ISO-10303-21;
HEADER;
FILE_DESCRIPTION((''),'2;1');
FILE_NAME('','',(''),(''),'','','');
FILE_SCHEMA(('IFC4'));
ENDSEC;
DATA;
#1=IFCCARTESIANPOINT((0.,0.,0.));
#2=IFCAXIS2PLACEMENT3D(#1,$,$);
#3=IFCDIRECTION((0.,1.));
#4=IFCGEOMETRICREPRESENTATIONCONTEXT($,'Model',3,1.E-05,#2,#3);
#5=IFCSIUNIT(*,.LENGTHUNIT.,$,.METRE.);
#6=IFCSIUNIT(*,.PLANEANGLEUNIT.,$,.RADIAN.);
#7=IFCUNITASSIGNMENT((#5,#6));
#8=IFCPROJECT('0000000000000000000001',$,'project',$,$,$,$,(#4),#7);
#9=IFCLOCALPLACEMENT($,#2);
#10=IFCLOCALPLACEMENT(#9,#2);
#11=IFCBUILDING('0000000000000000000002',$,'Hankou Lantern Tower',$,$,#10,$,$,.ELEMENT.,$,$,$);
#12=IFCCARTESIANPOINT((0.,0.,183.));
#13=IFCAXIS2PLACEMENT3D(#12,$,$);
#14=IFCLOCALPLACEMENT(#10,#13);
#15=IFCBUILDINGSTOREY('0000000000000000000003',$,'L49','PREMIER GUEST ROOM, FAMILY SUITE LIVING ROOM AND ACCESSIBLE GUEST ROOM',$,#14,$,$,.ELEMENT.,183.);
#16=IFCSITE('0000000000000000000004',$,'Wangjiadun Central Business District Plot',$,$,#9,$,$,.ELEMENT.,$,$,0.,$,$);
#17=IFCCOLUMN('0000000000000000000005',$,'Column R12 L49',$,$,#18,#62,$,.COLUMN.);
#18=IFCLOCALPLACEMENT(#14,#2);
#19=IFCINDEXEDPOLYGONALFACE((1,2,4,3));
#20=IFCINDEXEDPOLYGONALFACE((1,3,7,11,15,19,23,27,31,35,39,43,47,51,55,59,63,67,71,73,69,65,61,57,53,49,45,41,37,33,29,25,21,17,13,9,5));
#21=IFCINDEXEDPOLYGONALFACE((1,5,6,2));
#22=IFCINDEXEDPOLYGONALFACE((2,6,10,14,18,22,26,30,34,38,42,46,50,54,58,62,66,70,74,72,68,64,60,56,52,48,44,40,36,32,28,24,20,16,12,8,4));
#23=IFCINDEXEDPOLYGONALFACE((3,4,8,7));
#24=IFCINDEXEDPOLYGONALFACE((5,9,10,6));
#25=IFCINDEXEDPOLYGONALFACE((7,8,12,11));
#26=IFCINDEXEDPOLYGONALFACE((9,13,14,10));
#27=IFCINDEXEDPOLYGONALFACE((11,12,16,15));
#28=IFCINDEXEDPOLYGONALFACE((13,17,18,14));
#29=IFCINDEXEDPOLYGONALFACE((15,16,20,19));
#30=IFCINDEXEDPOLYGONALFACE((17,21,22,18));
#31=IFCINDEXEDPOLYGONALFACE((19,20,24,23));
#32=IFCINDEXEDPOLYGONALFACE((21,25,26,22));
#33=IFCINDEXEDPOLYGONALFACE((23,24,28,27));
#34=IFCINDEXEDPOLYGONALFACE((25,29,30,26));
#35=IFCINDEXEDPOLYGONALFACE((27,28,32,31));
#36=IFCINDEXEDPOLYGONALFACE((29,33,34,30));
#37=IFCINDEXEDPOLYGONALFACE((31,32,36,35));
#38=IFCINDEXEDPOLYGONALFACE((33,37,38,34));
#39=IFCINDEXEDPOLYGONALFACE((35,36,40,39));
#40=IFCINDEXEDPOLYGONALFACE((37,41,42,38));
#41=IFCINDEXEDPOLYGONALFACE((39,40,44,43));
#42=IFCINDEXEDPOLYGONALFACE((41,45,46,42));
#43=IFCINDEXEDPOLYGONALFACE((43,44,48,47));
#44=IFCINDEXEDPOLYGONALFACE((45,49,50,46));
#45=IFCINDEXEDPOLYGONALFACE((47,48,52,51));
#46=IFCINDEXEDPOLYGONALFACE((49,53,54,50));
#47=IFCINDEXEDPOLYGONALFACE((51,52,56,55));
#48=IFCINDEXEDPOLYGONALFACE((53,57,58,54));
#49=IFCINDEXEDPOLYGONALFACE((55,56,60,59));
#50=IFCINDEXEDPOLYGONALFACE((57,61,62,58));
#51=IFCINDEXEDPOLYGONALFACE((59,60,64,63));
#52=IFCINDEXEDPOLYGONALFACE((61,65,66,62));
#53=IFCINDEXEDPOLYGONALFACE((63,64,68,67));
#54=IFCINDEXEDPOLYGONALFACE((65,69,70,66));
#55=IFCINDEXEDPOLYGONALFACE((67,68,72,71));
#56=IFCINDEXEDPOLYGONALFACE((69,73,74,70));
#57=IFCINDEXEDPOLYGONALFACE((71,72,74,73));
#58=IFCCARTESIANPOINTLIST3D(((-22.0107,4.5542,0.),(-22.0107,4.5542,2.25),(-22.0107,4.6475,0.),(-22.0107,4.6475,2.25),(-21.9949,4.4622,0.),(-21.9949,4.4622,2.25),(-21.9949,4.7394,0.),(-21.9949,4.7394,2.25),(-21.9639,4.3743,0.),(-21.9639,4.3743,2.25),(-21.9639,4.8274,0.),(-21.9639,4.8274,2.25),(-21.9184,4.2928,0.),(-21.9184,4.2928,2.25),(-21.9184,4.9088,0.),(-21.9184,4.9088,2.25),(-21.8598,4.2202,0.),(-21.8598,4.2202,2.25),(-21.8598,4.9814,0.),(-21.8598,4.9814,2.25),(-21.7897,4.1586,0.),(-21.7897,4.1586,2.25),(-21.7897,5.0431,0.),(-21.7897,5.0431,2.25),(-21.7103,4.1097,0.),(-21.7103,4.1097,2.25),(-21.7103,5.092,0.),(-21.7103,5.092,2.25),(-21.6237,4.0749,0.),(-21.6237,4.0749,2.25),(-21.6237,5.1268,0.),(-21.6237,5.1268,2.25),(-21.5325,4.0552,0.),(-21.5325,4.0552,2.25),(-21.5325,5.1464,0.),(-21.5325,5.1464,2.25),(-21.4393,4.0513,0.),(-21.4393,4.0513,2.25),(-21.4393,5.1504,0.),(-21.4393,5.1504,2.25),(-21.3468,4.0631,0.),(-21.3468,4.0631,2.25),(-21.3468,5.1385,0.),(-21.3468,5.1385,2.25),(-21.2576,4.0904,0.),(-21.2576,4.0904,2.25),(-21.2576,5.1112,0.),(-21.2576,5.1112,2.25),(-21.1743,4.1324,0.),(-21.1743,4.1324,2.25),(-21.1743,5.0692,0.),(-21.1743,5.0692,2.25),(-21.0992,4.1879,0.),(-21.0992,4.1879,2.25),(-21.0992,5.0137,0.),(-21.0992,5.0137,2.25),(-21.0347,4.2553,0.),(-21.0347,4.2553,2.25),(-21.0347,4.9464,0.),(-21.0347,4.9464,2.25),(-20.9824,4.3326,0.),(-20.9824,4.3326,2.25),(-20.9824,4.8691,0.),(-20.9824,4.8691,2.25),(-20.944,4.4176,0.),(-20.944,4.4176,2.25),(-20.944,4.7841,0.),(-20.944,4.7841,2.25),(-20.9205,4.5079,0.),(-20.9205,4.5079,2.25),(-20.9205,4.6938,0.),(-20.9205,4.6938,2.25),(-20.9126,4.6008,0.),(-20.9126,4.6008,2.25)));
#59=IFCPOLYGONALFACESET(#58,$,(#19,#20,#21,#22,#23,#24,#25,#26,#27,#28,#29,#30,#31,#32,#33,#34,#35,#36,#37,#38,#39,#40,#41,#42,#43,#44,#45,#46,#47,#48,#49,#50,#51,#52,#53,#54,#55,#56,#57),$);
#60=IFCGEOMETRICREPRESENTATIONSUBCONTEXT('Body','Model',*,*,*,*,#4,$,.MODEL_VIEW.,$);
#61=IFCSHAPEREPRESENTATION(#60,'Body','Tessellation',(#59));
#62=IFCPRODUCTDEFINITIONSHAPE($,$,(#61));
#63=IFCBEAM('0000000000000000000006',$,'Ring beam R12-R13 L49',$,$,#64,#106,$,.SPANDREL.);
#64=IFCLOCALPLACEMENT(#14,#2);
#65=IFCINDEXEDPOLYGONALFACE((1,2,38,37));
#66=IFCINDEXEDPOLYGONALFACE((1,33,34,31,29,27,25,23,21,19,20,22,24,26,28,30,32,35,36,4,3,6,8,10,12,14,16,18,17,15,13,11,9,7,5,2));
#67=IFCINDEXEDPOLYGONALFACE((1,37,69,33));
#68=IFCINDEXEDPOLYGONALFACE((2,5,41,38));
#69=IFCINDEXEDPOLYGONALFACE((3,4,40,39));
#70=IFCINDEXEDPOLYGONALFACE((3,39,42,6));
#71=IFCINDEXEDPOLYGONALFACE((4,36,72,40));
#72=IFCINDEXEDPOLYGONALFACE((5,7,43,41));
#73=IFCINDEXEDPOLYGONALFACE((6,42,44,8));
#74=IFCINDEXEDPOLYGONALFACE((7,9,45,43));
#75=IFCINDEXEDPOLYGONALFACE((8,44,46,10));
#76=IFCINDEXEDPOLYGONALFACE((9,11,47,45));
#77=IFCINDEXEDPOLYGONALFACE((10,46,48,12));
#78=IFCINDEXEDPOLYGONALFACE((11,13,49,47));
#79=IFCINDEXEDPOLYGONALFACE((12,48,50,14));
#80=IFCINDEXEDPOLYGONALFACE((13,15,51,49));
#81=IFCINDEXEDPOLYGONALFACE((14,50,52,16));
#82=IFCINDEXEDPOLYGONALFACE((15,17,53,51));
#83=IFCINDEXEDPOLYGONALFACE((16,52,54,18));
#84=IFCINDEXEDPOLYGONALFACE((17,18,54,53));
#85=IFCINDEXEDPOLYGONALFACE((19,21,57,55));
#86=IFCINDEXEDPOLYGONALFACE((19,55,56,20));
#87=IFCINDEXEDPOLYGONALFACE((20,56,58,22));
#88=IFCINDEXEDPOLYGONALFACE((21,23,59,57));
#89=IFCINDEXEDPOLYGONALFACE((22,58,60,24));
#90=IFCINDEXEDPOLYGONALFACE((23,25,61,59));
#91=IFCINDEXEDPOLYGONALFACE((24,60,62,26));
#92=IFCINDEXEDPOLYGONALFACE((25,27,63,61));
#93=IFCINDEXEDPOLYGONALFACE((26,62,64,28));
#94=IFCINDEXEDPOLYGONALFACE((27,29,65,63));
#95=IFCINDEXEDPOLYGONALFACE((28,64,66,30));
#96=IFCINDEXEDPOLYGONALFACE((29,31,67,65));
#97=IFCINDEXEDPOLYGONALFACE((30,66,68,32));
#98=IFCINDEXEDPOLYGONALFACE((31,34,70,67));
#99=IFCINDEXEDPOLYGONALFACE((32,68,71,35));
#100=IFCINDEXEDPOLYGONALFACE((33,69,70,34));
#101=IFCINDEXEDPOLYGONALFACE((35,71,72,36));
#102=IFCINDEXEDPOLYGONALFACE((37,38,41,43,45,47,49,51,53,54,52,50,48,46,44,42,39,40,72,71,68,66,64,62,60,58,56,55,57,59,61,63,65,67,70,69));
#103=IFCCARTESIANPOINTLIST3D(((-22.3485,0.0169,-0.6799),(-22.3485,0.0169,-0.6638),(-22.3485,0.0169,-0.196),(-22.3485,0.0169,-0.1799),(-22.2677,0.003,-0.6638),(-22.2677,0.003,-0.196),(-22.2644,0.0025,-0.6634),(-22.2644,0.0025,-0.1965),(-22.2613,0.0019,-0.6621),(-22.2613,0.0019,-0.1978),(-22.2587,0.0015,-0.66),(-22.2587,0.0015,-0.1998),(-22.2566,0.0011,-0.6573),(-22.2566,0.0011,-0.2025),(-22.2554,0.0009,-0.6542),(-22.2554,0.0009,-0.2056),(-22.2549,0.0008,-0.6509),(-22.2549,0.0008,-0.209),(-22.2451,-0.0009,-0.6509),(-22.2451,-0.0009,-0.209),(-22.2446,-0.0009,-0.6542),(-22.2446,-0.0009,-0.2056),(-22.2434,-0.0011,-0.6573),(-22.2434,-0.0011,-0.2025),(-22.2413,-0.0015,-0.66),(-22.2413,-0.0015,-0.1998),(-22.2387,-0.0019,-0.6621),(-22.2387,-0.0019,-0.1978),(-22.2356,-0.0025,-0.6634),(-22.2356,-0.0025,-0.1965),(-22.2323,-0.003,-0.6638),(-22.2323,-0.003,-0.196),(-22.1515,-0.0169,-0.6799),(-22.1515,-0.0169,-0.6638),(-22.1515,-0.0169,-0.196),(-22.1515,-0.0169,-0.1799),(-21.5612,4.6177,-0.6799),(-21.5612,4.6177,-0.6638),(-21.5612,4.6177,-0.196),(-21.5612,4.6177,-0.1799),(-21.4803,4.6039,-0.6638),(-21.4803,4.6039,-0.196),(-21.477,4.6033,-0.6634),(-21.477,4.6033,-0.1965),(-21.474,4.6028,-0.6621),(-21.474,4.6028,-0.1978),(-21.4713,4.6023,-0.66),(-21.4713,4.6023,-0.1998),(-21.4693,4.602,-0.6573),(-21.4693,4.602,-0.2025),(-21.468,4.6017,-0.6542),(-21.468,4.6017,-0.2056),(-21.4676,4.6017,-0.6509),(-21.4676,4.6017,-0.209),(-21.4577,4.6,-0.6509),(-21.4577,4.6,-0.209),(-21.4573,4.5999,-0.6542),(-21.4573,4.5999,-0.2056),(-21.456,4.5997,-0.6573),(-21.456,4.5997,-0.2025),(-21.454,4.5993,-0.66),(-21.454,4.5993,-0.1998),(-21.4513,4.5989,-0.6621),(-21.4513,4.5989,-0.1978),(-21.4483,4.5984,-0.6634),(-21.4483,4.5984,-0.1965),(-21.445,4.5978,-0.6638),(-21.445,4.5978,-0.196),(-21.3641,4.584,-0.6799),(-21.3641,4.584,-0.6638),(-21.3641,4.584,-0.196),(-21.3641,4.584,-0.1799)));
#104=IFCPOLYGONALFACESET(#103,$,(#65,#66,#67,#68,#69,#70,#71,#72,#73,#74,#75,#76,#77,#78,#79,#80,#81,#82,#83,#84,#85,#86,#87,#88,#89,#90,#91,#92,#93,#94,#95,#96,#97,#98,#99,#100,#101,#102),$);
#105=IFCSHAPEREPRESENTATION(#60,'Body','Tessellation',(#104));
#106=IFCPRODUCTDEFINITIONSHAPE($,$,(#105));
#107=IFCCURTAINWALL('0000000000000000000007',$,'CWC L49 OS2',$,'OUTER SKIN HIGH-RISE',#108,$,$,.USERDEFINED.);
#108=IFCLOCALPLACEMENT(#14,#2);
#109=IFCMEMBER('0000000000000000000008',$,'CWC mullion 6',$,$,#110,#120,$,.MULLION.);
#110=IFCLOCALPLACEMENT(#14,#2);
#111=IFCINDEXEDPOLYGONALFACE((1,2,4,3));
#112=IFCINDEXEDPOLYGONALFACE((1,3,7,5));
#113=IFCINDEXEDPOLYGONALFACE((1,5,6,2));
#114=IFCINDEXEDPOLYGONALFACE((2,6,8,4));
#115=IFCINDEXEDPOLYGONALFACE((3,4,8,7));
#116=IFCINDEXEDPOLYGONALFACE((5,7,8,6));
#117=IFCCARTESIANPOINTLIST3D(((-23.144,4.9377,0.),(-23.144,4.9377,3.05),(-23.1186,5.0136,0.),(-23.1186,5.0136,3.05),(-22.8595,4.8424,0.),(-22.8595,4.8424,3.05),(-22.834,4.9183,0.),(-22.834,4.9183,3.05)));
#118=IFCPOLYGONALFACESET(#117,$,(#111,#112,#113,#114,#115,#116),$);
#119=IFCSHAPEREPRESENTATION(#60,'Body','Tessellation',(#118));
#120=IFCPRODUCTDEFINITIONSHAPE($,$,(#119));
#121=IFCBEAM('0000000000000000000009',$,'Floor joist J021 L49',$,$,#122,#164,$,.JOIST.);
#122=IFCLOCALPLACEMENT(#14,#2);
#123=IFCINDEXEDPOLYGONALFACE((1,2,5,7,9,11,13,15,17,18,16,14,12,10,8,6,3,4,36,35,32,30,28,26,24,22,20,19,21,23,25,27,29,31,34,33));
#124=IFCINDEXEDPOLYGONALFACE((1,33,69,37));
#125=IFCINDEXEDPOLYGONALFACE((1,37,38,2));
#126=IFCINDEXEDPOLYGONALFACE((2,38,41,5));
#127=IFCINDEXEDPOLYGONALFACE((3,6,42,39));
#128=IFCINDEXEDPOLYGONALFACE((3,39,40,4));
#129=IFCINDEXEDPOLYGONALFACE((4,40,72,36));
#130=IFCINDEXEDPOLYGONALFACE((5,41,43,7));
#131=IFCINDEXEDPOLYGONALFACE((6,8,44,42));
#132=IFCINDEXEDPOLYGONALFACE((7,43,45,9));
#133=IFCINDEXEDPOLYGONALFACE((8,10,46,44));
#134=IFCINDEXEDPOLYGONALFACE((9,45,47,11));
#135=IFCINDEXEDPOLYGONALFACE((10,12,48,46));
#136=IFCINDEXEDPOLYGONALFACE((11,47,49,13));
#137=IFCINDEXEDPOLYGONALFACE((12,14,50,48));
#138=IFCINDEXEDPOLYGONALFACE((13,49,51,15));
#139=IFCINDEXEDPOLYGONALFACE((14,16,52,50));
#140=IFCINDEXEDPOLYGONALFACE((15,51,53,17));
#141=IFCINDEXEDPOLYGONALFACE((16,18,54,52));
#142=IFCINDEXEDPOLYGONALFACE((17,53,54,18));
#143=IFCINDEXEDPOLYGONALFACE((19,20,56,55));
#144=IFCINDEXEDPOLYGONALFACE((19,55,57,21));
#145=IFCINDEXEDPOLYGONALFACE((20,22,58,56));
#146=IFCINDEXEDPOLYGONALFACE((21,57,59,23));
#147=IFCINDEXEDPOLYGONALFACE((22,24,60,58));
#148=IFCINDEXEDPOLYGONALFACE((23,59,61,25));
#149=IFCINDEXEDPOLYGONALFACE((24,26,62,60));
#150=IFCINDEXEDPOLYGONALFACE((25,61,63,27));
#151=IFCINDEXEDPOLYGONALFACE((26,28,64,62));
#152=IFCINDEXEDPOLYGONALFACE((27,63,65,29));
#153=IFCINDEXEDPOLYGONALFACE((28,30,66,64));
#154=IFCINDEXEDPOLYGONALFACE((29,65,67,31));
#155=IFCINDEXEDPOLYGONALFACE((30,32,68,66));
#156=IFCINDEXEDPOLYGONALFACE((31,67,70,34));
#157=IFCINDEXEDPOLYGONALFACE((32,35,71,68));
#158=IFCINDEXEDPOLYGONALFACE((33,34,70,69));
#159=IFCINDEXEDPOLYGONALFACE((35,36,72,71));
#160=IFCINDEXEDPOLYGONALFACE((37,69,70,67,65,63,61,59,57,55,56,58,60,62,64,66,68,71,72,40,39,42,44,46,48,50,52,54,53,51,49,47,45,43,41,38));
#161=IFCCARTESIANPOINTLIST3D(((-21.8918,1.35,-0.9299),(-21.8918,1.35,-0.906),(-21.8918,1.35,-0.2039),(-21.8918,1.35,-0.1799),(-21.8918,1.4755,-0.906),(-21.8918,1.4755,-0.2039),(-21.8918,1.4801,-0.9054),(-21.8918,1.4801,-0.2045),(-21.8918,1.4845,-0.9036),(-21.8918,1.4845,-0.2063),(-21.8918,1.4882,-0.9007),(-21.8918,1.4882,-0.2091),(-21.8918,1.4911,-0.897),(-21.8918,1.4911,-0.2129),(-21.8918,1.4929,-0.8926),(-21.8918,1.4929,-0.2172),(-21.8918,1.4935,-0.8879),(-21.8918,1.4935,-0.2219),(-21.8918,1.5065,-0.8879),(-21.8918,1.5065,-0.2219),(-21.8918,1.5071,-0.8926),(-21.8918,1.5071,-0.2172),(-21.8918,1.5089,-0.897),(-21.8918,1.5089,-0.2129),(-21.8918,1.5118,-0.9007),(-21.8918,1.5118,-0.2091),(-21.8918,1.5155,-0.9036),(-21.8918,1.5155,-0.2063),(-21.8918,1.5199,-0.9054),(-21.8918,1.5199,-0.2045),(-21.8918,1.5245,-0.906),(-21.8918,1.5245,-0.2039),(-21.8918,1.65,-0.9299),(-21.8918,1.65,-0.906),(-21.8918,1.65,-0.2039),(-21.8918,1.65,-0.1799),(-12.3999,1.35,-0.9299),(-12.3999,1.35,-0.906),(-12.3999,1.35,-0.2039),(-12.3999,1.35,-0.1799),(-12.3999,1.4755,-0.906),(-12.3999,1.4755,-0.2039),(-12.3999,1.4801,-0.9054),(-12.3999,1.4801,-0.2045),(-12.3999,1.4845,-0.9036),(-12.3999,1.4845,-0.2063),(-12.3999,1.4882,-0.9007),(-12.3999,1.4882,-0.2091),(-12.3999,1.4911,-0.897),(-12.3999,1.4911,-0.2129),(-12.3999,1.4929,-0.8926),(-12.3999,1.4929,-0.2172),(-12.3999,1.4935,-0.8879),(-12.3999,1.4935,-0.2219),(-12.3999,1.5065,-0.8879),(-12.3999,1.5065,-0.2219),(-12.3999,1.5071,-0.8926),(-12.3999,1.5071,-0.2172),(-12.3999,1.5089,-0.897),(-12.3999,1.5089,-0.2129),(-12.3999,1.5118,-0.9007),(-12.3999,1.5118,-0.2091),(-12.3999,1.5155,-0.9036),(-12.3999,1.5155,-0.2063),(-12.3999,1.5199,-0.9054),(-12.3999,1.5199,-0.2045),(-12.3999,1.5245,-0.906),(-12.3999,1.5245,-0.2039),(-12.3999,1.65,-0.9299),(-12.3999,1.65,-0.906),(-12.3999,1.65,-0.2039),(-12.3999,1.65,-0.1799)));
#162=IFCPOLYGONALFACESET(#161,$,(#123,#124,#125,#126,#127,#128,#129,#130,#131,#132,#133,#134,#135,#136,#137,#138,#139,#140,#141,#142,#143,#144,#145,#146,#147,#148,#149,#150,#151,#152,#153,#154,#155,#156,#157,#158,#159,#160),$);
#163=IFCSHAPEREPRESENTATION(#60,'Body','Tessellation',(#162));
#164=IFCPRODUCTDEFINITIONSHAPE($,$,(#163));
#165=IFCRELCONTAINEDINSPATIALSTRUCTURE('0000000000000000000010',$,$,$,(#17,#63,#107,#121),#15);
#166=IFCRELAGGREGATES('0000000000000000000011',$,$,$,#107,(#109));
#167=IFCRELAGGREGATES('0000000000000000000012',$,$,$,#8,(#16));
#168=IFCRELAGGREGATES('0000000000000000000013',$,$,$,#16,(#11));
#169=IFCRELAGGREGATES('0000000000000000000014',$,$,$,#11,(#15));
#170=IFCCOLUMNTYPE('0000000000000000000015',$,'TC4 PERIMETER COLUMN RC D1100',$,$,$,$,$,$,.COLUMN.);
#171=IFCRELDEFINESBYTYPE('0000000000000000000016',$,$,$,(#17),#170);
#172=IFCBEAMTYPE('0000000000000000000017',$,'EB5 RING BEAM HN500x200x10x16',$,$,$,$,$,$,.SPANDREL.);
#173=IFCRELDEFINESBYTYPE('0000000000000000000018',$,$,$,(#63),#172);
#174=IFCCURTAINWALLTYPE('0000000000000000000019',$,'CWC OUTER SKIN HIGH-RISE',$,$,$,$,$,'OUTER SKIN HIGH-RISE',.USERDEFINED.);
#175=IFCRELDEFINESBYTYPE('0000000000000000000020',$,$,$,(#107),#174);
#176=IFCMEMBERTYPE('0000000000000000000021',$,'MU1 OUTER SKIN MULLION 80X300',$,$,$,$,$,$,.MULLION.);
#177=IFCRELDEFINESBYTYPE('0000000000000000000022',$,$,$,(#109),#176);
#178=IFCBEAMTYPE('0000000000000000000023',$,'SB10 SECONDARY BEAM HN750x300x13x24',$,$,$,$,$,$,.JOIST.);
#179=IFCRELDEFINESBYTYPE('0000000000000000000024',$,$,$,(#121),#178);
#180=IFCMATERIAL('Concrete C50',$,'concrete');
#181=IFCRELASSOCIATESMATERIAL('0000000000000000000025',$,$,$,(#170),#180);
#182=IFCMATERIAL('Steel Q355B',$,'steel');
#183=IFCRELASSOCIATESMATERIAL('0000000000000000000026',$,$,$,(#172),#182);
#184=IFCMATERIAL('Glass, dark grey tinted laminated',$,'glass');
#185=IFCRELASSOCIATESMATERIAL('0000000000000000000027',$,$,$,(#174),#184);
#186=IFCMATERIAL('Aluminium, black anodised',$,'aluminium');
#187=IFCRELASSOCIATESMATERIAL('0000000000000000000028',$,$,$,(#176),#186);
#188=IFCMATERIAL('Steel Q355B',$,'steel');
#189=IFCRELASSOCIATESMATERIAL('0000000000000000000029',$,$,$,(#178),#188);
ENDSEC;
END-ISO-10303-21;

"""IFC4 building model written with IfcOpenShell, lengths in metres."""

from ifc_helpers import new_model, si_unit, direction, frame, origin, origin_2d, place, context, subcontext, project, spatial, rectangle, circle, i_section, extrude, clip, halfspace, material, material_profile, profile_set, type_object, element, aggregate, save


model = new_model("IFC4")

# Units and contexts
model_context = context("Model", 3, precision=1e-05, world=origin(), true_north=direction((0.0, 1.0)))
body_context = subcontext(model_context, "Body", "Model", "MODEL_VIEW")
ifc_project = project(units=[si_unit("LENGTHUNIT", "METRE"), si_unit("PLANEANGLEUNIT", "RADIAN")], contexts=[model_context])

# Site, building, storey
site_placement = place(None, origin())
site = spatial("IfcSite", under=ifc_project, at=site_placement, Name="Wangjiadun Central Business District Plot", CompositionType="ELEMENT", RefElevation=0.0)
building_placement = place(site_placement, origin())
building = spatial("IfcBuilding", under=site, at=building_placement, Name="Hankou Lantern Tower", CompositionType="ELEMENT")
storey_placement = place(building_placement, frame((0.0, 0.0, 183.0)))
storey = spatial("IfcBuildingStorey", under=building, at=storey_placement, Name="L49", Description="PREMIER GUEST ROOM, FAMILY SUITE LIVING ROOM AND ACCESSIBLE GUEST ROOM", CompositionType="ELEMENT", Elevation=183.0)

# Column
ifc_material_1 = material(Name="Concrete C50", Category="concrete")
ifc_material_profile_1 = material_profile(ifc_material_1, circle(Radius=0.55, at=origin_2d()), Name="RC D1100")
ifc_profile_set_1 = profile_set([ifc_material_profile_1], Name="Concrete C50")
column_type = type_object("IfcColumnType", Name="TC4 PERIMETER COLUMN RC D1100", PredefinedType="COLUMN", material=ifc_profile_set_1)
column_placement = place(storey_placement, frame((-21.4626, 4.6008, 0.0), z_axis=(0.0, 0.0, 1.0), x_axis=(1.0, 0.0, 0.0)))
element("IfcColumn", 1, at=column_placement, inside=storey, type_object=column_type, Name="Column R12 L49", PredefinedType="COLUMN", context=body_context, shape_type="Clipping", body=[
    clip(extrude(circle(Radius=0.55, at=origin_2d()), origin(), (0.0, 0.0, 1.0), 3.3), halfspace(frame((0.0, 0.0, 2.25), z_axis=(0.0, 0.0, 1.0), x_axis=(1.0, 0.0, 0.0)), False)),
])

# Beam
ifc_material_2 = material(Name="Steel Q355B", Category="steel")
ifc_material_profile_2 = material_profile(ifc_material_2, i_section(OverallWidth=0.2, OverallDepth=0.5, WebThickness=0.01, FlangeThickness=0.0161, FilletRadius=0.0129, at=origin_2d()), Name="HN500x200x10x16")
ifc_profile_set_2 = profile_set([ifc_material_profile_2], Name="Steel Q355B")
beam_type_1 = type_object("IfcBeamType", Name="EB5 RING BEAM HN500x200x10x16", PredefinedType="SPANDREL", material=ifc_profile_set_2)
beam_1_placement = place(storey_placement, frame((-21.4626, 4.6008, -0.4299), z_axis=(-0.168681, -0.985671, 0.0), x_axis=(0.985671, -0.168681, 0.0)))
element("IfcBeam", 2, at=beam_1_placement, inside=storey, type_object=beam_type_1, Name="Ring beam R12-R13 L49", PredefinedType="SPANDREL", context=body_context, shape_type="SweptSolid", body=[
    extrude(i_section(OverallWidth=0.2, OverallDepth=0.5, WebThickness=0.01, FlangeThickness=0.0161, FilletRadius=0.0129, at=origin_2d()), origin(), (0.0, 0.0, 1.0), 4.6677),
])

# Curtain wall, member
ifc_material_3 = material(Name="Glass, dark grey tinted laminated", Category="glass")
curtain_wall_type = type_object("IfcCurtainWallType", Name="CWC OUTER SKIN HIGH-RISE", ElementType="OUTER SKIN HIGH-RISE", PredefinedType="USERDEFINED", material=ifc_material_3)
curtain_wall_placement = place(storey_placement, origin())
curtain_wall = element("IfcCurtainWall", 3, at=curtain_wall_placement, inside=storey, type_object=curtain_wall_type, Name="CWC L49 OS2", ObjectType="OUTER SKIN HIGH-RISE", PredefinedType="USERDEFINED")
ifc_material_4 = material(Name="Aluminium, black anodised", Category="aluminium")
ifc_material_profile_3 = material_profile(ifc_material_4, rectangle(XDim=0.0801, YDim=0.3, at=origin_2d()), Name="MU1 80X300")
ifc_profile_set_3 = profile_set([ifc_material_profile_3], Name="Aluminium, black anodised")
member_type_1 = type_object("IfcMemberType", Name="MU1 OUTER SKIN MULLION 80X300", PredefinedType="MULLION", material=ifc_profile_set_3)
member_1_placement = place(storey_placement, frame((-22.989, 4.928, 0.0), z_axis=(0.0, 0.0, 1.0), x_axis=(-0.317596, -0.948226, 0.0)))
member_1 = element("IfcMember", 4, at=member_1_placement, type_object=member_type_1, Name="CWC mullion 6", PredefinedType="MULLION", context=body_context, shape_type="SweptSolid", body=[
    extrude(rectangle(XDim=0.0801, YDim=0.3, at=origin_2d()), origin(), (0.0, 0.0, 1.0), 3.05),
])

# Beam
ifc_material_5 = material(Name="Steel Q355B", Category="steel")
ifc_material_profile_4 = material_profile(ifc_material_5, i_section(OverallWidth=0.3, OverallDepth=0.75, WebThickness=0.0129, FlangeThickness=0.0239, FilletRadius=0.0181, at=origin_2d()), Name="HN750x300x13x24")
ifc_profile_set_4 = profile_set([ifc_material_profile_4], Name="Steel Q355B")
beam_type_2 = type_object("IfcBeamType", Name="SB10 SECONDARY BEAM HN750x300x13x24", PredefinedType="JOIST", material=ifc_profile_set_4)
beam_2_placement = place(storey_placement, frame((-21.8918, 1.5, -0.5549), z_axis=(1.0, 0.0, 0.0), x_axis=(0.0, 1.0, 0.0)))
element("IfcBeam", 5, at=beam_2_placement, inside=storey, type_object=beam_type_2, Name="Floor joist J021 L49", PredefinedType="JOIST", context=body_context, shape_type="SweptSolid", body=[
    extrude(i_section(OverallWidth=0.3, OverallDepth=0.75, WebThickness=0.0129, FlangeThickness=0.0239, FilletRadius=0.0181, at=origin_2d()), origin(), (0.0, 0.0, 1.0), 9.4919),
])

aggregate(curtain_wall, [member_1])

save(model, "model.ifc")
